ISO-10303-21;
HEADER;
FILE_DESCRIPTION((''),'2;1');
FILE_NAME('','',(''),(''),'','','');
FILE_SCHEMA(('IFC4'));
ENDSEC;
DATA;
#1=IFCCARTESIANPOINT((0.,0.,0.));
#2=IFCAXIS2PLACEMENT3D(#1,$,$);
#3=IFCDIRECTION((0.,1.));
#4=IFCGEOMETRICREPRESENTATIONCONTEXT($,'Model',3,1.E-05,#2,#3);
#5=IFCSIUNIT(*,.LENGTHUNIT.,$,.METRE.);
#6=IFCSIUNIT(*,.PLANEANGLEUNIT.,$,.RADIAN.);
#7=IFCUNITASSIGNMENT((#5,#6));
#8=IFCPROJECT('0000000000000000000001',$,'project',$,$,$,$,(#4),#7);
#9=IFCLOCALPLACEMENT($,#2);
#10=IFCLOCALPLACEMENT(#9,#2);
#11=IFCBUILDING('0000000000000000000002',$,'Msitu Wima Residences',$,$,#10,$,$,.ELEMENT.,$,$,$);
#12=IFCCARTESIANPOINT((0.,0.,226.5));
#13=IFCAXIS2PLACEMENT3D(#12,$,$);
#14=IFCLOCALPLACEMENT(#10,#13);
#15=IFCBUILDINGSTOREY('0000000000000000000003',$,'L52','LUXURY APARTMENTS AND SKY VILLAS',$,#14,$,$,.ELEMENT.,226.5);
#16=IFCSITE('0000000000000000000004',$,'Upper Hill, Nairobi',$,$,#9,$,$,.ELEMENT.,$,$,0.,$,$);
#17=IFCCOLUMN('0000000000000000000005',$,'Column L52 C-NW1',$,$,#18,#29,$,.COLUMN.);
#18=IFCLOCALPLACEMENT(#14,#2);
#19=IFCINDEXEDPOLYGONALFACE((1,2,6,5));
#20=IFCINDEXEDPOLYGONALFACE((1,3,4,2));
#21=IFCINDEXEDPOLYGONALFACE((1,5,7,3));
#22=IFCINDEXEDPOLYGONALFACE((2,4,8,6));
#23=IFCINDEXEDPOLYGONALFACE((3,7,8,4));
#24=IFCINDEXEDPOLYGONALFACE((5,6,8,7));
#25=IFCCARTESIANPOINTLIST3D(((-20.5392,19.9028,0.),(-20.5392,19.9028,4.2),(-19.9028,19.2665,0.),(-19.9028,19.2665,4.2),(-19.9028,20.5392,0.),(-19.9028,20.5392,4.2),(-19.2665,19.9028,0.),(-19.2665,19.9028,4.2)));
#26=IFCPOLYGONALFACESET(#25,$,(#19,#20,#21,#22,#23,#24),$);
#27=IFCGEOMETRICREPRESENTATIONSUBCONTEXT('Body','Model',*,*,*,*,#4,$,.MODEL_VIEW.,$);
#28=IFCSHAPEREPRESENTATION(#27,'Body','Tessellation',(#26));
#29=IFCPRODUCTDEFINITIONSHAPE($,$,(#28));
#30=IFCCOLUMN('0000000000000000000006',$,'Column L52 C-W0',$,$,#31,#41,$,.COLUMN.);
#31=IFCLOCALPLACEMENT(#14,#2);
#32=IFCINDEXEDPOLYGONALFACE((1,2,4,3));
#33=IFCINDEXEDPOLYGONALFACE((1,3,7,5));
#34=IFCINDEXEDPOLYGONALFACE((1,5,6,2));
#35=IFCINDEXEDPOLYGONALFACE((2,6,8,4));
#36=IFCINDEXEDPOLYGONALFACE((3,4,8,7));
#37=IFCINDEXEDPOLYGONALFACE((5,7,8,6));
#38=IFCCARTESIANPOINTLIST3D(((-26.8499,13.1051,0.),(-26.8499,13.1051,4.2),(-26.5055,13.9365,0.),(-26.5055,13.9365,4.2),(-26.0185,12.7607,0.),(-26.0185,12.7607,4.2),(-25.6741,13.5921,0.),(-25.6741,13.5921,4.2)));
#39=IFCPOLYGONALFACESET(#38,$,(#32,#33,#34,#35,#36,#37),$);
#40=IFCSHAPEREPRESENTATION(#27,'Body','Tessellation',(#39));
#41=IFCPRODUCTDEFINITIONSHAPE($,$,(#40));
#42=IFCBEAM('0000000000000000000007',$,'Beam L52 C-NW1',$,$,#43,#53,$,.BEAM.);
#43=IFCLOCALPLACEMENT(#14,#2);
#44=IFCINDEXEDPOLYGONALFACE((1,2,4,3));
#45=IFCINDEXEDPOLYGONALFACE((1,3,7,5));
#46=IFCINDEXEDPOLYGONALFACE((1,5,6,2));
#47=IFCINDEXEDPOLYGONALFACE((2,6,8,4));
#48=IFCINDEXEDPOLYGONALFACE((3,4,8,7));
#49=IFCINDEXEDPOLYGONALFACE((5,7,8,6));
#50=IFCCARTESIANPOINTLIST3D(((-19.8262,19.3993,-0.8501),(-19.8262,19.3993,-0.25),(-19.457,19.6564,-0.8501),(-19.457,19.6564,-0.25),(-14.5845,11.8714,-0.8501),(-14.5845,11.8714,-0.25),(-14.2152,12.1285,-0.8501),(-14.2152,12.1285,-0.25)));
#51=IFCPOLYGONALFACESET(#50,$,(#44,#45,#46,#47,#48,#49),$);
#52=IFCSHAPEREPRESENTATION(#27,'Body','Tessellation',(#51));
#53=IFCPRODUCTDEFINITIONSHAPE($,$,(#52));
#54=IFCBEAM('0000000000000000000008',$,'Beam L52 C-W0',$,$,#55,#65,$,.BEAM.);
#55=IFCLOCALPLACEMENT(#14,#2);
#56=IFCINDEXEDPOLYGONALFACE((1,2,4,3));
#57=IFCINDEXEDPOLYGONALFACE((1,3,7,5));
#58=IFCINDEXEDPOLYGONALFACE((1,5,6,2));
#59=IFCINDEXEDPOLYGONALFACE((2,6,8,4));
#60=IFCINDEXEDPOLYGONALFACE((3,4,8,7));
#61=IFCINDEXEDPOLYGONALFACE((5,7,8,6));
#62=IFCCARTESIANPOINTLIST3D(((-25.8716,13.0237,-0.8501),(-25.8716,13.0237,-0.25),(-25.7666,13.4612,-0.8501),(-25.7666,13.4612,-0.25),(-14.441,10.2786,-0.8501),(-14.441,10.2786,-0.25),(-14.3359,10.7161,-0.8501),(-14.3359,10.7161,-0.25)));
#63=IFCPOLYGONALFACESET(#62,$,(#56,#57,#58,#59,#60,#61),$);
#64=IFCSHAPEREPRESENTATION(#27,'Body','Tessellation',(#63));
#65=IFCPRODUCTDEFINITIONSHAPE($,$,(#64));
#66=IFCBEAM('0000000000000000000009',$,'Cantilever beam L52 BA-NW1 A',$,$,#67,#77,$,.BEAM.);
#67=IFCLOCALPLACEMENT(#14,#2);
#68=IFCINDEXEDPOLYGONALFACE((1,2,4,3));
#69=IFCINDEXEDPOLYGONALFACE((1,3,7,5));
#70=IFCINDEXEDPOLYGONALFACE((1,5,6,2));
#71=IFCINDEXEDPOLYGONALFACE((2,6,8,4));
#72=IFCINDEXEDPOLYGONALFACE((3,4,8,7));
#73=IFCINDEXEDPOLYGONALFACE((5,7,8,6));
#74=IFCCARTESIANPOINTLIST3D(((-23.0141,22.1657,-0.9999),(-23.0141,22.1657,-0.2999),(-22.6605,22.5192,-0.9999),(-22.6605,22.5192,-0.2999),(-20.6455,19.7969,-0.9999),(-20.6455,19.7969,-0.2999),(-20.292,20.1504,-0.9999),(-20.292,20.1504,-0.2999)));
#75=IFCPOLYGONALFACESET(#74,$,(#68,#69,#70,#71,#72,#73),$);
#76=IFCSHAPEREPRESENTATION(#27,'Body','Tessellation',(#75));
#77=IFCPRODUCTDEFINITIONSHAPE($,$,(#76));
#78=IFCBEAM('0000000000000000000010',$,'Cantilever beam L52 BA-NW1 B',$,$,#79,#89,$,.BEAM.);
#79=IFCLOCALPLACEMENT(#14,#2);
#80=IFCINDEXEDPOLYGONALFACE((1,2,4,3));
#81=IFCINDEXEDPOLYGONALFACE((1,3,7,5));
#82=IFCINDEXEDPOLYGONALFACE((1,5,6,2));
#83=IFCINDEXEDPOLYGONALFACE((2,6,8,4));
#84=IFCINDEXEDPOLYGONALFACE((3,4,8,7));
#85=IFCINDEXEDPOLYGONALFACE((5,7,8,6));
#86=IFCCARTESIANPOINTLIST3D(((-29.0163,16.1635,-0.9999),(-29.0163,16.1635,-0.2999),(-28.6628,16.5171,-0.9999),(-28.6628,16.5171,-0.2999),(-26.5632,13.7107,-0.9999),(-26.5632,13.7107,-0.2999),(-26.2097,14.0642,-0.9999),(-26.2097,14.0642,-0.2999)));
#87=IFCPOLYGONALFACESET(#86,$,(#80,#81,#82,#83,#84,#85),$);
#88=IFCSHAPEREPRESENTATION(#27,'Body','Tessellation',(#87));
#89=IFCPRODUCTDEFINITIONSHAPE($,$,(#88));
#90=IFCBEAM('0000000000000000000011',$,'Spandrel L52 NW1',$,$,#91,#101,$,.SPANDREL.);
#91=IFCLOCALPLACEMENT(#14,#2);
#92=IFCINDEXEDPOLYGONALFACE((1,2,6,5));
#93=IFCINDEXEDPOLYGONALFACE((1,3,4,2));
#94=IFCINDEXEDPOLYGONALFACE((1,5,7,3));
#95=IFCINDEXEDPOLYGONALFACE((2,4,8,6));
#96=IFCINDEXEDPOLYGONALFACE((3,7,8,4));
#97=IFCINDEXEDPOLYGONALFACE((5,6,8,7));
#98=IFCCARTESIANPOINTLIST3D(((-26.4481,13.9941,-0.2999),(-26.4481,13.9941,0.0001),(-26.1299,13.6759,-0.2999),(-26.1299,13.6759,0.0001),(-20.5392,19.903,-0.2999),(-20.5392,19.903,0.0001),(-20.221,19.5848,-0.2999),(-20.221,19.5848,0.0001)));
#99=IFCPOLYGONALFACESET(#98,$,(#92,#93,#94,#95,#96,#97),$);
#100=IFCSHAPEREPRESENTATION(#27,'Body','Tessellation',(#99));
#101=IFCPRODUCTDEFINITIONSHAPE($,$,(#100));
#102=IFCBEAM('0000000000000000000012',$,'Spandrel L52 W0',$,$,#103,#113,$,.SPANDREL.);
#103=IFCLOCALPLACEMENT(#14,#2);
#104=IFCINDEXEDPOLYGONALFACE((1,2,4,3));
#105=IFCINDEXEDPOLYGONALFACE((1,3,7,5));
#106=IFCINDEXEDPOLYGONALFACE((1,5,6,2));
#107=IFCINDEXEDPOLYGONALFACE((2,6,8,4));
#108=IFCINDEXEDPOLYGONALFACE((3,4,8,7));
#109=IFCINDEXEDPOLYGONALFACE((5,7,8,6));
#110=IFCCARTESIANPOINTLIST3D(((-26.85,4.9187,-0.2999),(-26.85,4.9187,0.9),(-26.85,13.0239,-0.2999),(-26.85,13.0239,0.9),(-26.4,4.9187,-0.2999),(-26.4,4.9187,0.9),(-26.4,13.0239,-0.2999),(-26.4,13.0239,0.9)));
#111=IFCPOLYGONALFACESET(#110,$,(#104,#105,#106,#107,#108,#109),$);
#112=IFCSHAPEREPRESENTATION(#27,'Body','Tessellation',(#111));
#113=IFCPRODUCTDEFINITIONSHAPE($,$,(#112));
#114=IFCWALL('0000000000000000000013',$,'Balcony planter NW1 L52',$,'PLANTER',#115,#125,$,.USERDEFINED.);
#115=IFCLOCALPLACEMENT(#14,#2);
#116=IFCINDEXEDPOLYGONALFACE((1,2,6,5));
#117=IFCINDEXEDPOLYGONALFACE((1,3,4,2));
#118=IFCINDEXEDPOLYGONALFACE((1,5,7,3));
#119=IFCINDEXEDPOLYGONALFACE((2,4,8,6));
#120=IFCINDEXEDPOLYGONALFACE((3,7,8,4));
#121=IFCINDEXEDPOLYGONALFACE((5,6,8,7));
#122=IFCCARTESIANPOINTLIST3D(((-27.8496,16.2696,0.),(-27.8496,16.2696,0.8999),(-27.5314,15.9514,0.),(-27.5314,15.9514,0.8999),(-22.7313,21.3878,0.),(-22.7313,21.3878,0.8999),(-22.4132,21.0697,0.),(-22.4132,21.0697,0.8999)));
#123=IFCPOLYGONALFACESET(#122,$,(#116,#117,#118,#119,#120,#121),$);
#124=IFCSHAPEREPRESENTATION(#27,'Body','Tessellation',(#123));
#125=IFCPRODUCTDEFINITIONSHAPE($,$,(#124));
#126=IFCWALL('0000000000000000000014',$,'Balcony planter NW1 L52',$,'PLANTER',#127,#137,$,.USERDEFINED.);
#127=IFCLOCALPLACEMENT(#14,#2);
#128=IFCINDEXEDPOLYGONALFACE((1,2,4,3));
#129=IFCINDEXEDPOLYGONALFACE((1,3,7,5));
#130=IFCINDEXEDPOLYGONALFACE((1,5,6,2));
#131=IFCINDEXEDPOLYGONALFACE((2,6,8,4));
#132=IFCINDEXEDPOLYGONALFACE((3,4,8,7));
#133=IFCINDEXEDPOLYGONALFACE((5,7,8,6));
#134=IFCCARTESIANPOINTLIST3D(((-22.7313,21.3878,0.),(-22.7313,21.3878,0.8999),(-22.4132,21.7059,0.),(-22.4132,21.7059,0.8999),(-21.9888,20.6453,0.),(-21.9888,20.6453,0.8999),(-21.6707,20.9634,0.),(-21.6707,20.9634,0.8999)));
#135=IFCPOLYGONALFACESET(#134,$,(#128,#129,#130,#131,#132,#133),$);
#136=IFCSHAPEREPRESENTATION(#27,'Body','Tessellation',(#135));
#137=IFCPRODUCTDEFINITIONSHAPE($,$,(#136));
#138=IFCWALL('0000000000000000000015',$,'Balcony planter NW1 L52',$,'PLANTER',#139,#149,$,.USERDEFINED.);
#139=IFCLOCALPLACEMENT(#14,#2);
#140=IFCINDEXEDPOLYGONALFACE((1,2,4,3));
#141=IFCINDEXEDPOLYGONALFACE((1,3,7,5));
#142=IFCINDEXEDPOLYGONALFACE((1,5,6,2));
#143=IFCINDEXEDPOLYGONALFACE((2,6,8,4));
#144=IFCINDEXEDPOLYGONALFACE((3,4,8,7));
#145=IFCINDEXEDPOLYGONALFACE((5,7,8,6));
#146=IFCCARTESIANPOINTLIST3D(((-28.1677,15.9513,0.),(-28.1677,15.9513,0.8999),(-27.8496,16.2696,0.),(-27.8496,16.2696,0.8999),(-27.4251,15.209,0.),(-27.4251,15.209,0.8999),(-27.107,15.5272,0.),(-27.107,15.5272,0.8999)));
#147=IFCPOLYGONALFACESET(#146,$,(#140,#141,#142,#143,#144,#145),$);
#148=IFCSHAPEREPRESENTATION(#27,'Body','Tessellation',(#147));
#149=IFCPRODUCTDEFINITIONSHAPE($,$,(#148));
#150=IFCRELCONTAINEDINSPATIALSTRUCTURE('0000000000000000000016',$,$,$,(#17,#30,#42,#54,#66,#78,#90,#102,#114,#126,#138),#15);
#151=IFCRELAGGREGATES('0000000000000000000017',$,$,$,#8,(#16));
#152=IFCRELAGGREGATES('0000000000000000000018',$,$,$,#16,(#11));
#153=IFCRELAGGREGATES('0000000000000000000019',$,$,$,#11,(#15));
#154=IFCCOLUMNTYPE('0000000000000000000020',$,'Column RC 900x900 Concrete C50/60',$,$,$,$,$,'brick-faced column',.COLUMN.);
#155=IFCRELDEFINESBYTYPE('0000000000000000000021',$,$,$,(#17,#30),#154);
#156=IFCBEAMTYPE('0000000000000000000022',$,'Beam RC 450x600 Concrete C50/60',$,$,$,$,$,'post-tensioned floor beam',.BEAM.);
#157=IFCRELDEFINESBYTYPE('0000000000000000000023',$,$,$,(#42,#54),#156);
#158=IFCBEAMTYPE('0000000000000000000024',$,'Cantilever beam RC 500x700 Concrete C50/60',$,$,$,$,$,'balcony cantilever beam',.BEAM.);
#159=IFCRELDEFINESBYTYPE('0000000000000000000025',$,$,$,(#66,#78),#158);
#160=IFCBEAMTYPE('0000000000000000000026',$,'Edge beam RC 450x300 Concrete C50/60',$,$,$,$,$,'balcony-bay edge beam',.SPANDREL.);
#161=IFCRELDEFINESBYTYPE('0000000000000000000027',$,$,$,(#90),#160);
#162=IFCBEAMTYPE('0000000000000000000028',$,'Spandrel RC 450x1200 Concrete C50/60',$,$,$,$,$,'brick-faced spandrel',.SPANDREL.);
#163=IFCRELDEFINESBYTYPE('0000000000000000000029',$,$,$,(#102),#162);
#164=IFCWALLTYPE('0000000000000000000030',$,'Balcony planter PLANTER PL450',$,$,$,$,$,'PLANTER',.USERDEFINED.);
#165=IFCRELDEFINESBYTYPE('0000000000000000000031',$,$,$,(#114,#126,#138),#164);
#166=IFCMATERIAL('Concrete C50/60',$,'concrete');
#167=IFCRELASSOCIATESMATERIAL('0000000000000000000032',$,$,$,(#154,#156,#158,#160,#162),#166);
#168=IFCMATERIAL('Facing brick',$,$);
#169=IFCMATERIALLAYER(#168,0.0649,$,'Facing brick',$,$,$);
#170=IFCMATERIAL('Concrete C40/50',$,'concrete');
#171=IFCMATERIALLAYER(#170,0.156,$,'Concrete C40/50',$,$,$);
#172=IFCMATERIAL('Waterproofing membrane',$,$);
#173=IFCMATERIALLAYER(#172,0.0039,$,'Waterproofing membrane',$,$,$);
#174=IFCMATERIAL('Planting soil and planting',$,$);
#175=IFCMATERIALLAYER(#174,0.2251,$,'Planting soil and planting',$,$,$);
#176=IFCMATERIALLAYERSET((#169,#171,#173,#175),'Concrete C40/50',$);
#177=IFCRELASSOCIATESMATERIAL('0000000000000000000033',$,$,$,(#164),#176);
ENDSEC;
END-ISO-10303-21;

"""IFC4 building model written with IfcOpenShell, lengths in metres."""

from ifc_helpers import new_model, si_unit, direction, frame, frame_2d, origin, origin_2d, place, context, subcontext, project, spatial, rectangle, extrude, material, layer, layer_set, material_profile, profile_set, type_object, element, save


model = new_model("IFC4")

# Units and contexts
model_context = context("Model", 3, precision=1e-05, world=origin(), true_north=direction((0.0, 1.0)))
body_context = subcontext(model_context, "Body", "Model", "MODEL_VIEW")
ifc_project = project(units=[si_unit("LENGTHUNIT", "METRE"), si_unit("PLANEANGLEUNIT", "RADIAN")], contexts=[model_context])

# Site, building, storey
site_placement = place(None, origin())
site = spatial("IfcSite", under=ifc_project, at=site_placement, Name="Upper Hill, Nairobi", CompositionType="ELEMENT", RefElevation=0.0)
building_placement = place(site_placement, origin())
building = spatial("IfcBuilding", under=site, at=building_placement, Name="Msitu Wima Residences", CompositionType="ELEMENT")
storey_placement = place(building_placement, frame((0.0, 0.0, 226.5)))
storey = spatial("IfcBuildingStorey", under=building, at=storey_placement, Name="L52", Description="LUXURY APARTMENTS AND SKY VILLAS", CompositionType="ELEMENT", Elevation=226.5)

# Columns
ifc_material_1 = material(Name="Concrete C50/60", Category="concrete")
ifc_material_profile_1 = material_profile(ifc_material_1, rectangle(XDim=0.8999, YDim=0.8999, at=origin_2d()), Name="RC 900x900")
ifc_profile_set_1 = profile_set([ifc_material_profile_1], Name="Concrete C50/60")
column_type = type_object("IfcColumnType", Name="Column RC 900x900 Concrete C50/60", ElementType="brick-faced column", PredefinedType="COLUMN", material=ifc_profile_set_1)
for number, where, z_axis, x_axis, name in (
    (1, (-19.9028, 19.9028, 0.0), (0.0, 0.0, 1.0), (-0.707107, -0.707107, 0.0), "Column L52 C-NW1"),
    (2, (-26.262, 13.3486, 0.0), (0.0, 0.0, 1.0), (-0.382683, -0.92388, 0.0), "Column L52 C-W0"),
):
    element("IfcColumn", number, at=place(storey_placement, frame(where, z_axis=z_axis, x_axis=x_axis)), inside=storey, type_object=column_type, Name=name, PredefinedType="COLUMN", context=body_context, shape_type="SweptSolid", body=[
        extrude(rectangle(XDim=0.8999, YDim=0.8999, at=origin_2d()), origin(), (0.0, 0.0, 1.0), 4.2),
    ])

# Beams
ifc_material_profile_2 = material_profile(ifc_material_1, rectangle(XDim=0.45, YDim=0.6001, at=origin_2d()), Name="RC 450x600")
ifc_profile_set_2 = profile_set([ifc_material_profile_2], Name="Concrete C50/60")
beam_type_1 = type_object("IfcBeamType", Name="Beam RC 450x600 Concrete C50/60", ElementType="post-tensioned floor beam", PredefinedType="BEAM", material=ifc_profile_set_2)
beam_1_placement = place(storey_placement, frame((-19.6416, 19.5278, -0.55), z_axis=(0.571428, -0.820652, 0.0), x_axis=(0.820652, 0.571428, 0.0)))
element("IfcBeam", 3, at=beam_1_placement, inside=storey, type_object=beam_type_1, Name="Beam L52 C-NW1", PredefinedType="BEAM", context=body_context, shape_type="SweptSolid", body=[
    extrude(rectangle(XDim=0.45, YDim=0.6001, at=origin_2d()), origin(), (0.0, 0.0, 1.0), 9.1731),
])
beam_2_placement = place(storey_placement, frame((-25.8191, 13.2424, -0.55), z_axis=(0.972353, -0.233514, 0.0), x_axis=(0.233514, 0.972353, 0.0)))
element("IfcBeam", 4, at=beam_2_placement, inside=storey, type_object=beam_type_1, Name="Beam L52 C-W0", PredefinedType="BEAM", context=body_context, shape_type="SweptSolid", body=[
    extrude(rectangle(XDim=0.45, YDim=0.6001, at=origin_2d()), origin(), (0.0, 0.0, 1.0), 11.7556),
])
ifc_material_profile_3 = material_profile(ifc_material_1, rectangle(XDim=0.5, YDim=0.7, at=origin_2d()), Name="RC 500x700")
ifc_profile_set_3 = profile_set([ifc_material_profile_3], Name="Concrete C50/60")
beam_type_2 = type_object("IfcBeamType", Name="Cantilever beam RC 500x700 Concrete C50/60", ElementType="balcony cantilever beam", PredefinedType="BEAM", material=ifc_profile_set_3)
beam_3_placement = place(storey_placement, frame((-20.4688, 19.9736, -0.6499), z_axis=(-0.70707, 0.707143, 0.0), x_axis=(-0.707143, -0.70707, 0.0)))
element("IfcBeam", 5, at=beam_3_placement, inside=storey, type_object=beam_type_2, Name="Cantilever beam L52 BA-NW1 A", PredefinedType="BEAM", context=body_context, shape_type="SweptSolid", body=[
    extrude(rectangle(XDim=0.5, YDim=0.7, at=origin_2d()), origin(), (0.0, 0.0, 1.0), 3.3499),
])
beam_4_placement = place(storey_placement, frame((-26.3865, 13.8875, -0.6499), z_axis=(-0.707142, 0.707072, 0.0), x_axis=(-0.707072, -0.707142, 0.0)))
element("IfcBeam", 6, at=beam_4_placement, inside=storey, type_object=beam_type_2, Name="Cantilever beam L52 BA-NW1 B", PredefinedType="BEAM", context=body_context, shape_type="SweptSolid", body=[
    extrude(rectangle(XDim=0.5, YDim=0.7, at=origin_2d()), origin(), (0.0, 0.0, 1.0), 3.469),
])
ifc_material_profile_4 = material_profile(ifc_material_1, rectangle(XDim=0.45, YDim=0.3, at=origin_2d()), Name="RC 450x300")
ifc_profile_set_4 = profile_set([ifc_material_profile_4], Name="Concrete C50/60")
beam_type_3 = type_object("IfcBeamType", Name="Edge beam RC 450x300 Concrete C50/60", ElementType="balcony-bay edge beam", PredefinedType="SPANDREL", material=ifc_profile_set_4)
beam_5_placement = place(storey_placement, frame((-20.3801, 19.7439, -0.1499), z_axis=(-0.707107, -0.707107, 0.0), x_axis=(0.707107, -0.707107, 0.0)))
element("IfcBeam", 7, at=beam_5_placement, inside=storey, type_object=beam_type_3, Name="Spandrel L52 NW1", PredefinedType="SPANDREL", context=body_context, shape_type="SweptSolid", body=[
    extrude(rectangle(XDim=0.45, YDim=0.3, at=origin_2d()), origin(), (0.0, 0.0, 1.0), 8.3564),
])
ifc_material_profile_5 = material_profile(ifc_material_1, rectangle(XDim=0.45, YDim=1.2, at=origin_2d()), Name="RC 450x1200")
ifc_profile_set_5 = profile_set([ifc_material_profile_5], Name="Concrete C50/60")
beam_type_4 = type_object("IfcBeamType", Name="Spandrel RC 450x1200 Concrete C50/60", ElementType="brick-faced spandrel", PredefinedType="SPANDREL", material=ifc_profile_set_5)
beam_6_placement = place(storey_placement, frame((-26.625, 13.0239, 0.3), z_axis=(0.0, -1.0, 0.0), x_axis=(1.0, 0.0, 0.0)))
element("IfcBeam", 8, at=beam_6_placement, inside=storey, type_object=beam_type_4, Name="Spandrel L52 W0", PredefinedType="SPANDREL", context=body_context, shape_type="SweptSolid", body=[
    extrude(rectangle(XDim=0.45, YDim=1.2, at=origin_2d()), origin(), (0.0, 0.0, 1.0), 8.1052),
])

# Walls
ifc_material_2 = material(Name="Facing brick")
ifc_layer_1 = layer(ifc_material_2, 0.0649, Name="Facing brick")
ifc_material_3 = material(Name="Concrete C40/50", Category="concrete")
ifc_layer_2 = layer(ifc_material_3, 0.156, Name="Concrete C40/50")
ifc_material_4 = material(Name="Waterproofing membrane")
ifc_layer_3 = layer(ifc_material_4, 0.0039, Name="Waterproofing membrane")
ifc_material_5 = material(Name="Planting soil and planting")
ifc_layer_4 = layer(ifc_material_5, 0.2251, Name="Planting soil and planting")
ifc_layer_set_1 = layer_set([ifc_layer_1, ifc_layer_2, ifc_layer_3, ifc_layer_4], Name="Concrete C40/50")
wall_type_1 = type_object("IfcWallType", Name="Balcony planter PLANTER PL450", ElementType="PLANTER", PredefinedType="USERDEFINED", material=ifc_layer_set_1)
wall_1_placement = place(storey_placement, frame((-22.5723, 21.2288, 0.0), z_axis=(0.0, 0.0, 1.0), x_axis=(-0.707107, -0.707107, 0.0)))
element("IfcWall", 9, at=wall_1_placement, inside=storey, type_object=wall_type_1, Name="Balcony planter NW1 L52", ObjectType="PLANTER", PredefinedType="USERDEFINED", context=body_context, shape_type="SweptSolid", body=[
    extrude(rectangle(XDim=7.2383, YDim=0.45, at=frame_2d((3.6191, 0.0))), origin(), (0.0, 0.0, 1.0), 0.8999),
])
for number, where, z_axis, x_axis, name in (
    (10, (-21.8298, 20.8044, 0.0), (0.0, 0.0, 1.0), (-0.707107, 0.707107, 0.0), "Balcony planter NW1 L52"),
    (11, (-27.2661, 15.3682, 0.0), (0.0, 0.0, 1.0), (-0.707223, 0.706991, 0.0), "Balcony planter NW1 L52"),
):
    element("IfcWall", number, at=place(storey_placement, frame(where, z_axis=z_axis, x_axis=x_axis)), inside=storey, type_object=wall_type_1, Name=name, ObjectType="PLANTER", PredefinedType="USERDEFINED", context=body_context, shape_type="SweptSolid", body=[
        extrude(rectangle(XDim=1.05, YDim=0.45, at=frame_2d((0.5249, 0.0))), origin(), (0.0, 0.0, 1.0), 0.8999),
    ])

save(model, "model.ifc")
